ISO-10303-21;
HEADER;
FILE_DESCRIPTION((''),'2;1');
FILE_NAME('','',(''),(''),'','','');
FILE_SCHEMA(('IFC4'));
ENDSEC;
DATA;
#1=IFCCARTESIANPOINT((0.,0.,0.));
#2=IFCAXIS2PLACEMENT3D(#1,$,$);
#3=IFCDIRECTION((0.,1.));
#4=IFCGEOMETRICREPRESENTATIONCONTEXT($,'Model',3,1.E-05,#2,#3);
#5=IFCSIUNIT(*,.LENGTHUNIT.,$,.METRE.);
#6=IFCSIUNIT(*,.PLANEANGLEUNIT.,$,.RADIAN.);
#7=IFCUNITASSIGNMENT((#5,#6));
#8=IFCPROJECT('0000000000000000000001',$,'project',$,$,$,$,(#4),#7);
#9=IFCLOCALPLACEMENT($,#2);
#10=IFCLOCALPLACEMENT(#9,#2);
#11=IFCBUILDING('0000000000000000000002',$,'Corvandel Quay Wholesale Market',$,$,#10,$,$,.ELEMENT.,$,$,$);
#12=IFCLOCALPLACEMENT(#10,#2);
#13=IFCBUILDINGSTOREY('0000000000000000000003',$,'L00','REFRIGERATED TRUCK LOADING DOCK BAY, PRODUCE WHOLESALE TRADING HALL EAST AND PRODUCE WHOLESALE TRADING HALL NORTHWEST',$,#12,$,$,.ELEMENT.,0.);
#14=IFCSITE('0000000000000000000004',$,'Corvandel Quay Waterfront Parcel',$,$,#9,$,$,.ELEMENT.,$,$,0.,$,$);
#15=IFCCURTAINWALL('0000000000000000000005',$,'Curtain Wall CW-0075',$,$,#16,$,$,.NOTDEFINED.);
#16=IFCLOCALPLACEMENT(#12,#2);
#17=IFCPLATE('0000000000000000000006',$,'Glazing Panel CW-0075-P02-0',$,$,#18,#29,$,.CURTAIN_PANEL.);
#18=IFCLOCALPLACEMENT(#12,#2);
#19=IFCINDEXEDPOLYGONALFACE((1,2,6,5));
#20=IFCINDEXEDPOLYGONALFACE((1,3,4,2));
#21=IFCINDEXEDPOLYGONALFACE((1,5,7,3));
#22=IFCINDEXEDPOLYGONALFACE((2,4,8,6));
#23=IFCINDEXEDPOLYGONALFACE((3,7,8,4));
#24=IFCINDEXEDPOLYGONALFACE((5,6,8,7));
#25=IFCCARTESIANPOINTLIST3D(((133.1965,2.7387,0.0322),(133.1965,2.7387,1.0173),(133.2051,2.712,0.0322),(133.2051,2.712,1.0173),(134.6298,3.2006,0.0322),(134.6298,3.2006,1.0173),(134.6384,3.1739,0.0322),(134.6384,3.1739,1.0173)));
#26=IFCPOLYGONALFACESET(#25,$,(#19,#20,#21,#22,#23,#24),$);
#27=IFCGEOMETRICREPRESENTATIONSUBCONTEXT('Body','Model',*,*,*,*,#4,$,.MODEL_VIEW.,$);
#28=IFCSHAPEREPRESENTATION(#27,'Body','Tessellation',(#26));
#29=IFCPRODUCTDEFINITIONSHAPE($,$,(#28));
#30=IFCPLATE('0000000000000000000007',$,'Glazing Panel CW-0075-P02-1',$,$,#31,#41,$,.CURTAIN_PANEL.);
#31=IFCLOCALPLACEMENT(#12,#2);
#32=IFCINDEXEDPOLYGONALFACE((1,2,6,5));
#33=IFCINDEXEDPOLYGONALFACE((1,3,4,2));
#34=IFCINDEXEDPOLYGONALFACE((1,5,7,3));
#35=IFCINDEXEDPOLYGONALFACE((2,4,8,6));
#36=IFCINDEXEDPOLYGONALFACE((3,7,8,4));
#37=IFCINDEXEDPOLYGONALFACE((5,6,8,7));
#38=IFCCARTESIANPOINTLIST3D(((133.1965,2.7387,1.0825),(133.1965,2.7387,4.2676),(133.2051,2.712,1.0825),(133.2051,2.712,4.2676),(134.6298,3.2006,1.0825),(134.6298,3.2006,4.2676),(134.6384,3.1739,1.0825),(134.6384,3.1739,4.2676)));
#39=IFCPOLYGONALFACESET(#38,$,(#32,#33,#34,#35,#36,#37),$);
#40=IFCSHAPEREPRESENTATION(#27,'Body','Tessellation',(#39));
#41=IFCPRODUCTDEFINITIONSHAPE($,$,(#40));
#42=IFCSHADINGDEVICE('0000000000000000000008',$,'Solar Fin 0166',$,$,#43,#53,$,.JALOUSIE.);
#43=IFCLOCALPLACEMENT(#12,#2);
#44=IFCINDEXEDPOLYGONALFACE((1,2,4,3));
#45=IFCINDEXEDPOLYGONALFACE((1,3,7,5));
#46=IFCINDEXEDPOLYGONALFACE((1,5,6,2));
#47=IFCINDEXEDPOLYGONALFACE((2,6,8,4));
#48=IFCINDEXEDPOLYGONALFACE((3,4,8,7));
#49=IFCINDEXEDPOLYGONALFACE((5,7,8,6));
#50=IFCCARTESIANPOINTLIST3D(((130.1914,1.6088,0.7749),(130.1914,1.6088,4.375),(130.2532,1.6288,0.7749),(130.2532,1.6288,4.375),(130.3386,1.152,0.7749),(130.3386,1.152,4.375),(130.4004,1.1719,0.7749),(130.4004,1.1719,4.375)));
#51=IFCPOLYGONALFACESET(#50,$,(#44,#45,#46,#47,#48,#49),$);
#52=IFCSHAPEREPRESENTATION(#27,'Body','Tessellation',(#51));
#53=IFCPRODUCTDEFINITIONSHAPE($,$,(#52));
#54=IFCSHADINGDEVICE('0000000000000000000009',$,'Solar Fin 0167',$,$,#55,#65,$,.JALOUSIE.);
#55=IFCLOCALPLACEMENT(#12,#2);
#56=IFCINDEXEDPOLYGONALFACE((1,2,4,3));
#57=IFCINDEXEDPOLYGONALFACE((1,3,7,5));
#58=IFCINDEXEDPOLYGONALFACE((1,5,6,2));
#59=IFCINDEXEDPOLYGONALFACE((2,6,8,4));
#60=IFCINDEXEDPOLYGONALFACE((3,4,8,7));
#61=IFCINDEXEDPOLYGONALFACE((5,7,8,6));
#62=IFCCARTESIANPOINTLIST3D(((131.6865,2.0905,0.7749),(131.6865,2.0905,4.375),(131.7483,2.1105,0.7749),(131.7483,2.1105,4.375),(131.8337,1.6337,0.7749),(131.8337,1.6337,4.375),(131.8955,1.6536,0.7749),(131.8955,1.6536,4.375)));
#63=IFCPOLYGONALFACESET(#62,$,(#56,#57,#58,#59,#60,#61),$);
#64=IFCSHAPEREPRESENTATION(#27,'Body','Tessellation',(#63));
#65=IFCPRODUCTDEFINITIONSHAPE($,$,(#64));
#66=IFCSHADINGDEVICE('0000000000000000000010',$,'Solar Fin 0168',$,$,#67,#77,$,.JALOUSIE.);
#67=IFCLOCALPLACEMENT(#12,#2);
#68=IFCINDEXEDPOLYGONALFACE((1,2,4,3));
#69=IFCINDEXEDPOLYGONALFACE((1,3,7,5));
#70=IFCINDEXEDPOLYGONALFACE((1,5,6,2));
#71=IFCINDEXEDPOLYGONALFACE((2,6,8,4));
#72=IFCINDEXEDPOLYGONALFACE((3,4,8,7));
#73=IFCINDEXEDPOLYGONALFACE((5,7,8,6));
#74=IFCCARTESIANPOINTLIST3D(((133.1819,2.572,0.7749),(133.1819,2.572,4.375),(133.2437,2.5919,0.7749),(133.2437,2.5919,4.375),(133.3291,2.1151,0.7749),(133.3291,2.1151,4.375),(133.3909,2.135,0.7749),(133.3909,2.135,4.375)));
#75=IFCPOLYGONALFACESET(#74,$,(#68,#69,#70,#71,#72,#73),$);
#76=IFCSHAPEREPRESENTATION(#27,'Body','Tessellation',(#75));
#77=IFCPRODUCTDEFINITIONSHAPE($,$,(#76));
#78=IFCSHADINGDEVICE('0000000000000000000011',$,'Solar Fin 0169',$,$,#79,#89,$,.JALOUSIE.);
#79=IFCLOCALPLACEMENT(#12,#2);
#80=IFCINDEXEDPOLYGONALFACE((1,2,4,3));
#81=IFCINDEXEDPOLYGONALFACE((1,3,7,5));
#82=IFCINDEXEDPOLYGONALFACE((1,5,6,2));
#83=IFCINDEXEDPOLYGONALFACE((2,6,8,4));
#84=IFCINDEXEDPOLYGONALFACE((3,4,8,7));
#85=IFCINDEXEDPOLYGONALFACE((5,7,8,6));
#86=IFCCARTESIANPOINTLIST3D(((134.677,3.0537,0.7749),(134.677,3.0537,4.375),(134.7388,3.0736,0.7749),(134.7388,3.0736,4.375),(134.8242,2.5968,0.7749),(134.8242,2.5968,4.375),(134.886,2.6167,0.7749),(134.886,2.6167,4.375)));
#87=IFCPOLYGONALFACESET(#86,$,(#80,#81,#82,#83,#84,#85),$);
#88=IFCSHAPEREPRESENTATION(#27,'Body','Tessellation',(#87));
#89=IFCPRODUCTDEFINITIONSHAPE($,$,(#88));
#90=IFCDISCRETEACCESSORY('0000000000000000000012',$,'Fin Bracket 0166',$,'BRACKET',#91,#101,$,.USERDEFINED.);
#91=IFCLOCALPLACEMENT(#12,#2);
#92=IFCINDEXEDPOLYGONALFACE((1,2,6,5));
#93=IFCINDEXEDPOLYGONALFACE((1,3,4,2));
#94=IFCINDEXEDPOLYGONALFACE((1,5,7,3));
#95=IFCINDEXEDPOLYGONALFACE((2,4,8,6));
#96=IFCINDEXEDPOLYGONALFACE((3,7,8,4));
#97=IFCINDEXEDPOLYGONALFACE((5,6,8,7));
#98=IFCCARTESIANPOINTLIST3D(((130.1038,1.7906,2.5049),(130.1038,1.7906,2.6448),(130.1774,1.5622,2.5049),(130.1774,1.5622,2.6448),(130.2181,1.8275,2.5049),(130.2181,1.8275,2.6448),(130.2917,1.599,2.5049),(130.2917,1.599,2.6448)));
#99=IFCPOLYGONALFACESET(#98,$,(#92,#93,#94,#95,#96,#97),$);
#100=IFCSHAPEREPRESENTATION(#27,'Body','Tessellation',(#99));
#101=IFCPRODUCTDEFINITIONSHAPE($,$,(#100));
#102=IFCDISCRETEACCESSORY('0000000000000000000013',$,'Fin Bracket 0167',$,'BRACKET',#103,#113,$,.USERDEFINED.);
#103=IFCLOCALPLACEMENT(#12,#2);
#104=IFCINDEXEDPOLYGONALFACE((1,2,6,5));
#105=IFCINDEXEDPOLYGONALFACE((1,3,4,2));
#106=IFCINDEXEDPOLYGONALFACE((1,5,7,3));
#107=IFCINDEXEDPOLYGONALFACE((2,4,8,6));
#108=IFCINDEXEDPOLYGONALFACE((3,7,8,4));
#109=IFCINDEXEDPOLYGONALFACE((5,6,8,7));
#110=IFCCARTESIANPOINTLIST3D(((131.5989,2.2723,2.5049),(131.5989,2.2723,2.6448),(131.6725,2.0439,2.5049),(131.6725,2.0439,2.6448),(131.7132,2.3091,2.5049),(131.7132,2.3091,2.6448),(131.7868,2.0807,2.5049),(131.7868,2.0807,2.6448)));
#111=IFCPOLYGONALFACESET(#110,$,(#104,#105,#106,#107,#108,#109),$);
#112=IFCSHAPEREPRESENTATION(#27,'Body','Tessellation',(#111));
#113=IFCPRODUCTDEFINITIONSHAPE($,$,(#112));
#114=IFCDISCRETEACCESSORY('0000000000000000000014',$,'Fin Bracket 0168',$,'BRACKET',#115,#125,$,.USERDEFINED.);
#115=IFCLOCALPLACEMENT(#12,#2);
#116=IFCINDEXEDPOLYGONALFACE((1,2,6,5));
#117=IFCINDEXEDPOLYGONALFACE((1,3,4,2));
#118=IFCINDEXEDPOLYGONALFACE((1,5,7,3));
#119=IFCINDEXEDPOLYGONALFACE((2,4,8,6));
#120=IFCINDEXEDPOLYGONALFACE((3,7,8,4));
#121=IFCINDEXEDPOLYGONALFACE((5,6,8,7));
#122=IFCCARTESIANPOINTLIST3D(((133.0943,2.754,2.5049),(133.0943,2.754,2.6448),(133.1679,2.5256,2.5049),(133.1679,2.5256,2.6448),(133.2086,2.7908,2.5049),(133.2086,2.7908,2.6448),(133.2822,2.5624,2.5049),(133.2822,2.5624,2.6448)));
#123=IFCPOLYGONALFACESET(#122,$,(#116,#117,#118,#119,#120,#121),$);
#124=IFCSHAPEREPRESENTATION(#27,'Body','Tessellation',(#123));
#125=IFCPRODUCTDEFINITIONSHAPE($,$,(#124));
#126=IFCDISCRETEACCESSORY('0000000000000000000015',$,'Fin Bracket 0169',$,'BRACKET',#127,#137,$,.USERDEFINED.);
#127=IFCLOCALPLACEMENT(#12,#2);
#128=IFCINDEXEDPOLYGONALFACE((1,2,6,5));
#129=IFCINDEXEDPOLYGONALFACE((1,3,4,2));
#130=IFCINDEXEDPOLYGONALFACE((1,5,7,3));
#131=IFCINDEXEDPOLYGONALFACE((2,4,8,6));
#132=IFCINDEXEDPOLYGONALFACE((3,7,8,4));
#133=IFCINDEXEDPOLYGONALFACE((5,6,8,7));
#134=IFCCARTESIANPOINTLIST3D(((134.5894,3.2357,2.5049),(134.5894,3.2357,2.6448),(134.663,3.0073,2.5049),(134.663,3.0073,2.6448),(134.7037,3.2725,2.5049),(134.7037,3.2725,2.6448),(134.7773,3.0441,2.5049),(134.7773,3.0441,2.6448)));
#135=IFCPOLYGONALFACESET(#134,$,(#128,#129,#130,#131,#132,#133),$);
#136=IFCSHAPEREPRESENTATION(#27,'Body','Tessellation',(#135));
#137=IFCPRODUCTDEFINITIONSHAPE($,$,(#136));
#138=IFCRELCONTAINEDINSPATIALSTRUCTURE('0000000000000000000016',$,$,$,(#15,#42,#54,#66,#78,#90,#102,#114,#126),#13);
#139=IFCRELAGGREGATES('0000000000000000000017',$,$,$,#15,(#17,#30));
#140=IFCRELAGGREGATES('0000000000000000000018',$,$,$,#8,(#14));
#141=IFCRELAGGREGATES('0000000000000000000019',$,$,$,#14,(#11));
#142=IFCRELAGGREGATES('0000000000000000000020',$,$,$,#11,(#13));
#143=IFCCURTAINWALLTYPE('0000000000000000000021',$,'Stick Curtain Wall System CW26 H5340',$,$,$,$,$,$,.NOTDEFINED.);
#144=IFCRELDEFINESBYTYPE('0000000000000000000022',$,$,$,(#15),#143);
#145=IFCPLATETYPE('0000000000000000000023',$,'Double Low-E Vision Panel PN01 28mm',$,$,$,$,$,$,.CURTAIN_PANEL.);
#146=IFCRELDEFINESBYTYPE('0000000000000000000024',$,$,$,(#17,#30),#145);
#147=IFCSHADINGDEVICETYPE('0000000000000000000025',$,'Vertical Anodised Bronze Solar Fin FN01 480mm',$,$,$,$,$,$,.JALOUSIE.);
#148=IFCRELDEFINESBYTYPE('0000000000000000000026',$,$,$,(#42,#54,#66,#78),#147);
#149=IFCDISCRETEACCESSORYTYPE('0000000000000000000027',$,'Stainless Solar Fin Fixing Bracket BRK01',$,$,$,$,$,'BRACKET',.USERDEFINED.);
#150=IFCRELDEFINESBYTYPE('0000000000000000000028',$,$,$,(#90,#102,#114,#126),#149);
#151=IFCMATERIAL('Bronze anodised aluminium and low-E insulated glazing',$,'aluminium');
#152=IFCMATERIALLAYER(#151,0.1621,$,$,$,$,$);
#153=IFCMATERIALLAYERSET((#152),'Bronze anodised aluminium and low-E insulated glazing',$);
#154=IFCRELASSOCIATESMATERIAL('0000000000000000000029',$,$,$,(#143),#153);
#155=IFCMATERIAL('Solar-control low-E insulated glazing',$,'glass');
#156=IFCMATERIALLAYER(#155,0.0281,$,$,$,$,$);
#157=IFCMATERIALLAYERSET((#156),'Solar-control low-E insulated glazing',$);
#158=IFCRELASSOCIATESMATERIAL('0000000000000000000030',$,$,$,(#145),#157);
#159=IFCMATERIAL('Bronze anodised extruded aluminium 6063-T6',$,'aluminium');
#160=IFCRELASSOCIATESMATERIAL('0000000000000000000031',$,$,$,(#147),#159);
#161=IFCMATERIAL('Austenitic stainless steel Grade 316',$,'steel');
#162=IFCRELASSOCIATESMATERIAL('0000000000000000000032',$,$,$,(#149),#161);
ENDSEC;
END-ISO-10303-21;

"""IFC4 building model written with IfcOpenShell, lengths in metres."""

from ifc_helpers import new_model, si_unit, direction, frame, origin, origin_2d, place, context, subcontext, project, spatial, rectangle, extrude, material, layer, layer_set, type_object, element, aggregate, save


model = new_model("IFC4")

# Units and contexts
model_context = context("Model", 3, precision=1e-05, world=origin(), true_north=direction((0.0, 1.0)))
body_context = subcontext(model_context, "Body", "Model", "MODEL_VIEW")
ifc_project = project(units=[si_unit("LENGTHUNIT", "METRE"), si_unit("PLANEANGLEUNIT", "RADIAN")], contexts=[model_context])

# Site, building, storey
site_placement = place(None, origin())
site = spatial("IfcSite", under=ifc_project, at=site_placement, Name="Corvandel Quay Waterfront Parcel", CompositionType="ELEMENT", RefElevation=0.0)
building_placement = place(site_placement, origin())
building = spatial("IfcBuilding", under=site, at=building_placement, Name="Corvandel Quay Wholesale Market", CompositionType="ELEMENT")
storey_placement = place(building_placement, origin())
storey = spatial("IfcBuildingStorey", under=building, at=storey_placement, Name="L00", Description="REFRIGERATED TRUCK LOADING DOCK BAY, PRODUCE WHOLESALE TRADING HALL EAST AND PRODUCE WHOLESALE TRADING HALL NORTHWEST", CompositionType="ELEMENT", Elevation=0.0)

# Curtain wall, plates
ifc_material_1 = material(Name="Bronze anodised aluminium and low-E insulated glazing", Category="aluminium")
ifc_layer_1 = layer(ifc_material_1, 0.1621)
ifc_layer_set_1 = layer_set([ifc_layer_1], Name="Bronze anodised aluminium and low-E insulated glazing")
curtain_wall_type = type_object("IfcCurtainWallType", Name="Stick Curtain Wall System CW26 H5340", PredefinedType="NOTDEFINED", material=ifc_layer_set_1)
curtain_wall_placement = place(storey_placement, origin())
curtain_wall = element("IfcCurtainWall", 1, at=curtain_wall_placement, inside=storey, type_object=curtain_wall_type, Name="Curtain Wall CW-0075", PredefinedType="NOTDEFINED")
ifc_material_2 = material(Name="Solar-control low-E insulated glazing", Category="glass")
ifc_layer_2 = layer(ifc_material_2, 0.0281)
ifc_layer_set_2 = layer_set([ifc_layer_2], Name="Solar-control low-E insulated glazing")
plate_type_1 = type_object("IfcPlateType", Name="Double Low-E Vision Panel PN01 28mm", PredefinedType="CURTAIN_PANEL", material=ifc_layer_set_2)
plate_1_placement = place(storey_placement, frame((133.9175, 2.9563, 0.0322), z_axis=(0.0, 0.0, 1.0), x_axis=(0.951809, 0.306692, 0.0)))
plate_1 = element("IfcPlate", 2, at=plate_1_placement, type_object=plate_type_1, Name="Glazing Panel CW-0075-P02-0", PredefinedType="CURTAIN_PANEL", context=body_context, shape_type="SweptSolid", body=[
    extrude(rectangle(XDim=1.5059, YDim=0.0281, at=origin_2d()), origin(), (0.0, 0.0, 1.0), 0.9851),
])
plate_2_placement = place(storey_placement, frame((133.9175, 2.9563, 1.0825), z_axis=(0.0, 0.0, 1.0), x_axis=(0.951809, 0.306692, 0.0)))
plate_2 = element("IfcPlate", 3, at=plate_2_placement, type_object=plate_type_1, Name="Glazing Panel CW-0075-P02-1", PredefinedType="CURTAIN_PANEL", context=body_context, shape_type="SweptSolid", body=[
    extrude(rectangle(XDim=1.5059, YDim=0.0281, at=origin_2d()), origin(), (0.0, 0.0, 1.0), 3.1851),
])
aggregate(curtain_wall, [plate_1, plate_2])

# Shading devices
ifc_material_3 = material(Name="Bronze anodised extruded aluminium 6063-T6", Category="aluminium")
shading_device_type = type_object("IfcShadingDeviceType", Name="Vertical Anodised Bronze Solar Fin FN01 480mm", PredefinedType="JALOUSIE", material=ifc_material_3)
for number, where, z_axis, x_axis, name in (
    (4, (130.2959, 1.3904, 0.7749), (0.0, 0.0, 1.0), (-0.306692, 0.951809, 0.0), "Solar Fin 0166"),
    (5, (131.791, 1.8721, 0.7749), (0.0, 0.0, 1.0), (-0.306692, 0.951809, 0.0), "Solar Fin 0167"),
    (6, (133.2864, 2.3535, 0.7749), (0.0, 0.0, 1.0), (-0.306692, 0.951809, 0.0), "Solar Fin 0168"),
    (7, (134.7815, 2.8352, 0.7749), (0.0, 0.0, 1.0), (-0.306692, 0.951809, 0.0), "Solar Fin 0169"),
):
    element("IfcShadingDevice", number, at=place(storey_placement, frame(where, z_axis=z_axis, x_axis=x_axis)), inside=storey, type_object=shading_device_type, Name=name, PredefinedType="JALOUSIE", context=body_context, shape_type="SweptSolid", body=[
        extrude(rectangle(XDim=0.48, YDim=0.0649, at=origin_2d()), origin(), (0.0, 0.0, 1.0), 3.6001),
    ])

# Discrete accessories
ifc_material_4 = material(Name="Austenitic stainless steel Grade 316", Category="steel")
discrete_accessory_type = type_object("IfcDiscreteAccessoryType", Name="Stainless Solar Fin Fixing Bracket BRK01", ElementType="BRACKET", PredefinedType="USERDEFINED", material=ifc_material_4)
for number, where, z_axis, x_axis, name in (
    (8, (130.1978, 1.6948, 2.5049), (0.0, 0.0, 1.0), (-0.306692, 0.951809, 0.0), "Fin Bracket 0166"),
    (9, (131.6929, 2.1765, 2.5049), (0.0, 0.0, 1.0), (-0.306692, 0.951809, 0.0), "Fin Bracket 0167"),
    (10, (133.1882, 2.6582, 2.5049), (0.0, 0.0, 1.0), (-0.306692, 0.951809, 0.0), "Fin Bracket 0168"),
    (11, (134.6833, 3.1399, 2.5049), (0.0, 0.0, 1.0), (-0.306692, 0.951809, 0.0), "Fin Bracket 0169"),
):
    element("IfcDiscreteAccessory", number, at=place(storey_placement, frame(where, z_axis=z_axis, x_axis=x_axis)), inside=storey, type_object=discrete_accessory_type, Name=name, ObjectType="BRACKET", PredefinedType="USERDEFINED", context=body_context, shape_type="SweptSolid", body=[
        extrude(rectangle(XDim=0.24, YDim=0.1201, at=origin_2d()), origin(), (0.0, 0.0, 1.0), 0.1399),
    ])

save(model, "model.ifc")
